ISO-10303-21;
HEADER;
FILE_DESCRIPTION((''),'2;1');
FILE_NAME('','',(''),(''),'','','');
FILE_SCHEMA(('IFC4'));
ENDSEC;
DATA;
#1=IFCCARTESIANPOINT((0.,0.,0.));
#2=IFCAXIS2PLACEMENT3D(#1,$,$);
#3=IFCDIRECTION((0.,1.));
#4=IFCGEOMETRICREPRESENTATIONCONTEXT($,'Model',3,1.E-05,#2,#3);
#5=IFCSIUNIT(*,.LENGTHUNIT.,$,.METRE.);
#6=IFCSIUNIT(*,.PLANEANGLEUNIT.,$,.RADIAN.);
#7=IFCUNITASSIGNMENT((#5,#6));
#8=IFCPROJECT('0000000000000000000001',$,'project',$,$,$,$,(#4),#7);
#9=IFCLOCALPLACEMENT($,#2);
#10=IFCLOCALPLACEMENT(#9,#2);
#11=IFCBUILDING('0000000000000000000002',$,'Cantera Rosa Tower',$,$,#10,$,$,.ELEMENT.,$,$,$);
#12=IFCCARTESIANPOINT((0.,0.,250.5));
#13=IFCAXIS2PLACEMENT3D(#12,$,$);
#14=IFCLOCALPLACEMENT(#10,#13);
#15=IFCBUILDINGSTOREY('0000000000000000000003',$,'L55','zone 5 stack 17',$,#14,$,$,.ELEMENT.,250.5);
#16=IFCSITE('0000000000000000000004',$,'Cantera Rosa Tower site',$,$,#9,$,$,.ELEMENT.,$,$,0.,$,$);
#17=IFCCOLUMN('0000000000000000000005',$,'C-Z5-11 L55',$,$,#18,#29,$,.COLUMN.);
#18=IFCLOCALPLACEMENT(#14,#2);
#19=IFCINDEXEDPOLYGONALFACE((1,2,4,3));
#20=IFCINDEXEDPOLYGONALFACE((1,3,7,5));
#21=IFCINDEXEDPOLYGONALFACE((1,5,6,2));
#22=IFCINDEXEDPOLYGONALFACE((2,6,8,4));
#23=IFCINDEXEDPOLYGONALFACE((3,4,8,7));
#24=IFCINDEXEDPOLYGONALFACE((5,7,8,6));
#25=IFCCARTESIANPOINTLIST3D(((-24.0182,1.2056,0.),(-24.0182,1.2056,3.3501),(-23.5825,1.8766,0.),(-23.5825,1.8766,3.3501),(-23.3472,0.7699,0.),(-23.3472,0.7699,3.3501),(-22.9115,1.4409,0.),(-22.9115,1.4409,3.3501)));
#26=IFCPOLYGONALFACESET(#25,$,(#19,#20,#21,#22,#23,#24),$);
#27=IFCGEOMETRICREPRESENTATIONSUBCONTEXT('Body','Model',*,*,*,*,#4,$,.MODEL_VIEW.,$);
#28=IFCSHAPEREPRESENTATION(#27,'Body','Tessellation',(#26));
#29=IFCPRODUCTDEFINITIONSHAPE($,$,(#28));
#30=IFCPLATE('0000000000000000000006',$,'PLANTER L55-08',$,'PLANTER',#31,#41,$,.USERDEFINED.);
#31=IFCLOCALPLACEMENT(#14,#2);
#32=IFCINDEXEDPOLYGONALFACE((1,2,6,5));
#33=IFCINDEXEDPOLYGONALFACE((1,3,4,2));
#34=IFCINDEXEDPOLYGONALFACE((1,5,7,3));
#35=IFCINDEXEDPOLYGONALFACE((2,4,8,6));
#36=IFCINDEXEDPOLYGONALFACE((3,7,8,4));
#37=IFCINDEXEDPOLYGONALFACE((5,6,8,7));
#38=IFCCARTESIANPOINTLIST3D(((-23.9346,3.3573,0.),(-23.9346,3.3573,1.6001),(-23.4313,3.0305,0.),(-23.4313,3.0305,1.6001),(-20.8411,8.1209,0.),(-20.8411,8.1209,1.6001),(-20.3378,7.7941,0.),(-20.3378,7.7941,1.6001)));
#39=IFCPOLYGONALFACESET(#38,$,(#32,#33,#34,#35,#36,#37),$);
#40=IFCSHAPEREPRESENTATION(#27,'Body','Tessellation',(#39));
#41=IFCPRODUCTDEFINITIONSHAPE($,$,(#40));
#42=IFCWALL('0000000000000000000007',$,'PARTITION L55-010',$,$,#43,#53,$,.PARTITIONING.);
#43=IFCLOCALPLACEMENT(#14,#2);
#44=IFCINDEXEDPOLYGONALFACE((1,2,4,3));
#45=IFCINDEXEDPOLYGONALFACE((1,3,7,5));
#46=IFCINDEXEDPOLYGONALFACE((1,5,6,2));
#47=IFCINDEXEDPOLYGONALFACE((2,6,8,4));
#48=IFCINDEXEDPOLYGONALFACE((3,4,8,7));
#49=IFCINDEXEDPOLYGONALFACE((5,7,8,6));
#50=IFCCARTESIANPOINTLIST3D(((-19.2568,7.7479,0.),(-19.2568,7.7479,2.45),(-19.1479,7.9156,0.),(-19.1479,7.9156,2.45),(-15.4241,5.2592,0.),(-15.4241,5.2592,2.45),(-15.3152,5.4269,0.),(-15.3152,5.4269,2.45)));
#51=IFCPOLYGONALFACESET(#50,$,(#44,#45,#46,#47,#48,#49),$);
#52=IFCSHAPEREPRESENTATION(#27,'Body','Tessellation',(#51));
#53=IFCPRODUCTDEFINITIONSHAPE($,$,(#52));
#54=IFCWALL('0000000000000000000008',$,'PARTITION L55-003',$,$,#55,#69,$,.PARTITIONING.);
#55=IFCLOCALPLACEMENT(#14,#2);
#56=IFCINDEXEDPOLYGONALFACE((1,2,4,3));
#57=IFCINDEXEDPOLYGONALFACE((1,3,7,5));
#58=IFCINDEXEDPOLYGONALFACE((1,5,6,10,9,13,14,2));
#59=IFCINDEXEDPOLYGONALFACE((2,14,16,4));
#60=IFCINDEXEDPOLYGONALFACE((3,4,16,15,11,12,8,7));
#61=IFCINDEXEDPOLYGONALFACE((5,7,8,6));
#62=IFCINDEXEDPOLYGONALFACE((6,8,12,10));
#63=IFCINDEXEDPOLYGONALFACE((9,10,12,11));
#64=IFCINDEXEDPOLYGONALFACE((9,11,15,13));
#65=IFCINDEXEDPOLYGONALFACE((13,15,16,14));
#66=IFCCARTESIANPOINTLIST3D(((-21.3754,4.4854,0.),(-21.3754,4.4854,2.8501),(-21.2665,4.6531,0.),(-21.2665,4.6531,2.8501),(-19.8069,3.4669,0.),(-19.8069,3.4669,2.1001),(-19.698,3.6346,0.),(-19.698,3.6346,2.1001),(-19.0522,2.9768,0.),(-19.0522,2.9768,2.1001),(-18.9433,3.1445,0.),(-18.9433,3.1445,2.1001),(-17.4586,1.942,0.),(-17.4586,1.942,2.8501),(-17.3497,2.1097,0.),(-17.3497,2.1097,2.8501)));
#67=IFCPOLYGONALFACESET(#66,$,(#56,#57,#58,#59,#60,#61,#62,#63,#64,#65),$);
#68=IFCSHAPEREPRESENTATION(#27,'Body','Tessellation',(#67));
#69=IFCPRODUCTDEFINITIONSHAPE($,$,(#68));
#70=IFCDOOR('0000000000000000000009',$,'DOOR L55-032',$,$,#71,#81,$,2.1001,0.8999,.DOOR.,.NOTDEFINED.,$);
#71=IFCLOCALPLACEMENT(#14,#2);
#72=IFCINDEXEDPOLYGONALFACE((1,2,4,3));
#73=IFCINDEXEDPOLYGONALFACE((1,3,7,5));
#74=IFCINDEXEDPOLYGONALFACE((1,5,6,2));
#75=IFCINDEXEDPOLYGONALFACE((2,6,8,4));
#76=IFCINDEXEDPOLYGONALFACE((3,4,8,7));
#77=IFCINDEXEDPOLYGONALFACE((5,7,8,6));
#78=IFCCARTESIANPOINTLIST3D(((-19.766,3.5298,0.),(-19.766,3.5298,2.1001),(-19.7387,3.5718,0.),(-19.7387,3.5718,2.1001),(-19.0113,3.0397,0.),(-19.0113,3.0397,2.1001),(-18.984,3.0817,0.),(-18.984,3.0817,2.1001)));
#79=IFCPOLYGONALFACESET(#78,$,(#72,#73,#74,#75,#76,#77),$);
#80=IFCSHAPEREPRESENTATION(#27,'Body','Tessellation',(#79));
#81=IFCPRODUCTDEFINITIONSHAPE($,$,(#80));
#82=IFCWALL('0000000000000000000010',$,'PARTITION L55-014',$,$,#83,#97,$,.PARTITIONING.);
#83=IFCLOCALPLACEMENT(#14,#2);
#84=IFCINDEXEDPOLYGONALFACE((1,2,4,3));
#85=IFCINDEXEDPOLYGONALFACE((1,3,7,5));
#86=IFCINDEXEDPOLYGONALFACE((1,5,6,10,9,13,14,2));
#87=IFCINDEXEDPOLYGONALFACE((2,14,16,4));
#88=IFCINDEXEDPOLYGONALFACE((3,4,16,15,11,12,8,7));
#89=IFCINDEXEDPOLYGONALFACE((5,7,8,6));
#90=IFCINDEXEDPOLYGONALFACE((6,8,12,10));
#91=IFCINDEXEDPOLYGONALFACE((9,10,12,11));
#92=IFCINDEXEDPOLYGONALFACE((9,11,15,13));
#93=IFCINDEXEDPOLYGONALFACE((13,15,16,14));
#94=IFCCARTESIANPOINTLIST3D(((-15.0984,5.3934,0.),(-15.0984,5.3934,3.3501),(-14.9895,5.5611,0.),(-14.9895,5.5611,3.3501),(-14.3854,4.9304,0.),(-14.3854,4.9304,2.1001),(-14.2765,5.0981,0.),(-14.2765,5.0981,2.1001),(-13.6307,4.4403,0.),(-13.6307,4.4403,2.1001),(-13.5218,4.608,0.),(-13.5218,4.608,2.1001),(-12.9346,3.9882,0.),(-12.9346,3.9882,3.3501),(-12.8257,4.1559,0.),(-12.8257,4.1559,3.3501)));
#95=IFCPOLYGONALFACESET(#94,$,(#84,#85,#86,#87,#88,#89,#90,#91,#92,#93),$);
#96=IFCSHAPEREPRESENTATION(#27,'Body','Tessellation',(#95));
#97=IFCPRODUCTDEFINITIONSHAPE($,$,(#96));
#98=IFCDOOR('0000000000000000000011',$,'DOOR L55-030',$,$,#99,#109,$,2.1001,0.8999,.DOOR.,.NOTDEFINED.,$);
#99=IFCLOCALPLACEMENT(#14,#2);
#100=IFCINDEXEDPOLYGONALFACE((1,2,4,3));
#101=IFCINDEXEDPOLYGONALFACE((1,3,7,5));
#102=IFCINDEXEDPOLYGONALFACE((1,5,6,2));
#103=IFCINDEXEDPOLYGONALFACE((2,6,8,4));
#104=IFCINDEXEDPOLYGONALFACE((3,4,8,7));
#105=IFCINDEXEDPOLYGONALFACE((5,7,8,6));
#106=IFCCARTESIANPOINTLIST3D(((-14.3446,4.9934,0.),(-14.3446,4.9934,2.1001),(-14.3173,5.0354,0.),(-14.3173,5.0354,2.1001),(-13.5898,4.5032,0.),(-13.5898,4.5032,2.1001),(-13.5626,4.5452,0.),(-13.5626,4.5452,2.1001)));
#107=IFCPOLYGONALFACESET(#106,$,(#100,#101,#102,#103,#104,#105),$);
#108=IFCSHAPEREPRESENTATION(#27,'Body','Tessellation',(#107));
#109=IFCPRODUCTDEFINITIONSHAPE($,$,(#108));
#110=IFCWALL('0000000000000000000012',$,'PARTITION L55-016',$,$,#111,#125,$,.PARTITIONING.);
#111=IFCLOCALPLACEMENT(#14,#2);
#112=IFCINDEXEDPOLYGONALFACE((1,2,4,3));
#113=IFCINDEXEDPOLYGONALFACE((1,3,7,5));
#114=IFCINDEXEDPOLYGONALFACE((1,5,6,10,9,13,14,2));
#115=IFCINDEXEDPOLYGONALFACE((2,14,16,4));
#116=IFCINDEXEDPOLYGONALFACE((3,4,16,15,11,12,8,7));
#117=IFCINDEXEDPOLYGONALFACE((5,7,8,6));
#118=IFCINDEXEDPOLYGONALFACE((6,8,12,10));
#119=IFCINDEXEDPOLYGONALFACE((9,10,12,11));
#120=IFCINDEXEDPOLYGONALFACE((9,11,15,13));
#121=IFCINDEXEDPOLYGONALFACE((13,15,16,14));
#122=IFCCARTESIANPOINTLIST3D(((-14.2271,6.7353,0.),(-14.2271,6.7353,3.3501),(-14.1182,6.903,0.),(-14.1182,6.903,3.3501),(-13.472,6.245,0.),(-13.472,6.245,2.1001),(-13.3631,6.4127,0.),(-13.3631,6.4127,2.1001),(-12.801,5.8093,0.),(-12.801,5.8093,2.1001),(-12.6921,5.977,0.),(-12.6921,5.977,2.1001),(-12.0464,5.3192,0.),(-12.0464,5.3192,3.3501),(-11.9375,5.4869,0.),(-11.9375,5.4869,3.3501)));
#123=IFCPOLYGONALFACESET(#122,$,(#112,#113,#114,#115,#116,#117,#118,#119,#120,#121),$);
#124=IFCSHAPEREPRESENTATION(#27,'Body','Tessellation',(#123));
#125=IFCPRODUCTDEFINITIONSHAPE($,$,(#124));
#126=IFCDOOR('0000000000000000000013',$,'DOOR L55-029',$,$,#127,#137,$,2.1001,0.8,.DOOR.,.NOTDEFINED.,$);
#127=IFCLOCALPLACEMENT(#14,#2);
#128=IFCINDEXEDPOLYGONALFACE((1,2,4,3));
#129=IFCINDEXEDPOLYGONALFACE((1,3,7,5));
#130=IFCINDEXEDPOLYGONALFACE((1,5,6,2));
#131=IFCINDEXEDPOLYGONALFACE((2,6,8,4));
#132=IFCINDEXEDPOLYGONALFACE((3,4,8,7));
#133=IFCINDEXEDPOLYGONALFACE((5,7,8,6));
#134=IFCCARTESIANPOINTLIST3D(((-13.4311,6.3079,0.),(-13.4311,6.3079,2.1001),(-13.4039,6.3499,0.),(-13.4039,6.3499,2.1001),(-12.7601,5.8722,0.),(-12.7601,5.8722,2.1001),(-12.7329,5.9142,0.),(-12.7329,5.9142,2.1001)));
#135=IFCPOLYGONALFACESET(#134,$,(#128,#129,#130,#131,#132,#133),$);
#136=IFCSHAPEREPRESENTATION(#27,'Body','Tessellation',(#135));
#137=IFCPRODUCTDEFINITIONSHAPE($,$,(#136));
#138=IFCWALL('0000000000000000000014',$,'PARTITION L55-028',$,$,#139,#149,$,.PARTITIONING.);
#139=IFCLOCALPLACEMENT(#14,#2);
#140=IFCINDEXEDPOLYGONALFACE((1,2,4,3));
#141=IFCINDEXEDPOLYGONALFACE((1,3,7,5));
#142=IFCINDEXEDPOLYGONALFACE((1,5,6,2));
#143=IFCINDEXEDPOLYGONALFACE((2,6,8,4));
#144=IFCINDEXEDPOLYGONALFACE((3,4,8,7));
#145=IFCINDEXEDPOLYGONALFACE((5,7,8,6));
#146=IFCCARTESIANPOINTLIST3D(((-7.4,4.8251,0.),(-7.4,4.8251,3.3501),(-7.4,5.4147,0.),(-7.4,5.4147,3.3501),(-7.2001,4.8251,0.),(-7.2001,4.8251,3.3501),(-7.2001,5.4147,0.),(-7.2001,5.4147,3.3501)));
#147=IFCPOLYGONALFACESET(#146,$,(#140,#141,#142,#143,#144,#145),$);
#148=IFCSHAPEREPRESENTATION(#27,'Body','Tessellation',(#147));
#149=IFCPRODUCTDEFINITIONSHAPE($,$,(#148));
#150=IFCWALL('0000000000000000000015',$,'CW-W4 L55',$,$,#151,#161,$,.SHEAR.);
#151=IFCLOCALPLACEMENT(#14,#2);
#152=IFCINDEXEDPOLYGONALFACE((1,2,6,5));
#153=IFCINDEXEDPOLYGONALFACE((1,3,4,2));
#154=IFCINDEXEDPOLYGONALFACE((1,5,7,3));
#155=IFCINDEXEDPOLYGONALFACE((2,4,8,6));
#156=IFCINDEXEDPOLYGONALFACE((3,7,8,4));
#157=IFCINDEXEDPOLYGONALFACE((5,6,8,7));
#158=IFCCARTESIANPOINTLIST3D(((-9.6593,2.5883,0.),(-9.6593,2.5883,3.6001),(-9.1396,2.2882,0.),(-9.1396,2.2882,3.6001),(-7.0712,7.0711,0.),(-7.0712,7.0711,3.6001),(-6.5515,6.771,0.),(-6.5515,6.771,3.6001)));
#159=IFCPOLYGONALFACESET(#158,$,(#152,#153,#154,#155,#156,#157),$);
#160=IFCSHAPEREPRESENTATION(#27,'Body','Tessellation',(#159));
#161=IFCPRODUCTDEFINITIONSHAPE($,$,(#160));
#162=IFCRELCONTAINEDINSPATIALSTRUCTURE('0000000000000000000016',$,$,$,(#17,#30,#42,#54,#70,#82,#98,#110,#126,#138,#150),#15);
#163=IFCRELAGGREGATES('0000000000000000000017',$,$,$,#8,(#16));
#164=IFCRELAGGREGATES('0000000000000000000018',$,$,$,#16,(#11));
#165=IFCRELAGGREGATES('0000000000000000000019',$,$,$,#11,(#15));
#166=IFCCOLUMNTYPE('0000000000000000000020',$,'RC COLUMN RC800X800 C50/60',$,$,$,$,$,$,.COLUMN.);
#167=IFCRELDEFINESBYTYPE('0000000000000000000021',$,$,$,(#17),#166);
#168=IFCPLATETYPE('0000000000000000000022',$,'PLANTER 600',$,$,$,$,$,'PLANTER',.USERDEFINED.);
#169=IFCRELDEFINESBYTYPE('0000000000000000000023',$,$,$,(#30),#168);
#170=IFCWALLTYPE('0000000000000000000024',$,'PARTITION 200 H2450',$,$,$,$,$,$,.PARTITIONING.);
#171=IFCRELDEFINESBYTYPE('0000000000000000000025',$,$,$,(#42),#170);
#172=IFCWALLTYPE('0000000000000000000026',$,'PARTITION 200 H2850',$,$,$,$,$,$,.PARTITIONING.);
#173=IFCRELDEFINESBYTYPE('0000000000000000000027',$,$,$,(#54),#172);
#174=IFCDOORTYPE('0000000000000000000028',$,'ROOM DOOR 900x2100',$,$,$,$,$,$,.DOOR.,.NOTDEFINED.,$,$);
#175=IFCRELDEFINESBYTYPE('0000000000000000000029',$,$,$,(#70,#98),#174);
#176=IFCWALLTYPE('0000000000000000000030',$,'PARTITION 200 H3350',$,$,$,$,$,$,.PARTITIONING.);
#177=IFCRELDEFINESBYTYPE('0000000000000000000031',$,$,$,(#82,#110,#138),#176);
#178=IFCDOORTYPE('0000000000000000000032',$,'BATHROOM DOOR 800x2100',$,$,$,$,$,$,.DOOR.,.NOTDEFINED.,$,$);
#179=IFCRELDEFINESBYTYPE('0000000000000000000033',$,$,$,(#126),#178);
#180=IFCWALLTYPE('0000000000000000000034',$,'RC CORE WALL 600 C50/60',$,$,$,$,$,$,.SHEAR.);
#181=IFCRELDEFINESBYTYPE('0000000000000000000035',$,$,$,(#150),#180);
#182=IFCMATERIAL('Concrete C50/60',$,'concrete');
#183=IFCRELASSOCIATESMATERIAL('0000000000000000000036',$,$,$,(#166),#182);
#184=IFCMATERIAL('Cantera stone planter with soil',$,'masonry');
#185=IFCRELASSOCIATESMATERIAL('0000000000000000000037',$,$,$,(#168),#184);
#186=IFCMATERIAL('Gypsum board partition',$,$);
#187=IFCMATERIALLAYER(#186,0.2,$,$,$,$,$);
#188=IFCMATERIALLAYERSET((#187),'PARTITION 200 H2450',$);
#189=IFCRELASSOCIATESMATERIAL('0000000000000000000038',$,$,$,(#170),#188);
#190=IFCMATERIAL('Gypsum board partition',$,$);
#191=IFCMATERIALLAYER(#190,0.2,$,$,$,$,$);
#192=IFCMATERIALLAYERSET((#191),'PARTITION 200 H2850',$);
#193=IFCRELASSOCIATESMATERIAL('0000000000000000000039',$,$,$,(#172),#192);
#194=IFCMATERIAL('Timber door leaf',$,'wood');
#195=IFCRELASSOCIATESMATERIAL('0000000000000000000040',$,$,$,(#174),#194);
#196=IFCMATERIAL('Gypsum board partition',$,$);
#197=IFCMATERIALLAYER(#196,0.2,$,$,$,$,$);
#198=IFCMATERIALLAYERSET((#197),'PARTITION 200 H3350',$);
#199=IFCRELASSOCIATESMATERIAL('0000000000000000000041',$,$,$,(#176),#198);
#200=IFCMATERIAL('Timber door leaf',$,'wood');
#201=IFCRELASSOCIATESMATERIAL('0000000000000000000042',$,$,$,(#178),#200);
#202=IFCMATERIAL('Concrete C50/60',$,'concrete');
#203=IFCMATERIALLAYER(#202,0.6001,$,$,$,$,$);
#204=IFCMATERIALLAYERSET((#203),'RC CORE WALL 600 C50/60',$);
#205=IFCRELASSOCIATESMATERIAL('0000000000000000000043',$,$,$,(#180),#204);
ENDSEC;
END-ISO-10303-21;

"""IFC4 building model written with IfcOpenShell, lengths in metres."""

from ifc_helpers import new_model, si_unit, direction, frame, frame_2d, origin, origin_2d, place, context, subcontext, project, spatial, rectangle, extrude, material, layer, layer_set, material_profile, profile_set, type_object, element, fill, save


model = new_model("IFC4")

# Units and contexts
model_context = context("Model", 3, precision=1e-05, world=origin(), true_north=direction((0.0, 1.0)))
body_context = subcontext(model_context, "Body", "Model", "MODEL_VIEW")
ifc_project = project(units=[si_unit("LENGTHUNIT", "METRE"), si_unit("PLANEANGLEUNIT", "RADIAN")], contexts=[model_context])

# Site, building, storey
site_placement = place(None, origin())
site = spatial("IfcSite", under=ifc_project, at=site_placement, Name="Cantera Rosa Tower site", CompositionType="ELEMENT", RefElevation=0.0)
building_placement = place(site_placement, origin())
building = spatial("IfcBuilding", under=site, at=building_placement, Name="Cantera Rosa Tower", CompositionType="ELEMENT")
storey_placement = place(building_placement, frame((0.0, 0.0, 250.5)))
storey = spatial("IfcBuildingStorey", under=building, at=storey_placement, Name="L55", Description="zone 5 stack 17", CompositionType="ELEMENT", Elevation=250.5)

# Column
ifc_material_1 = material(Name="Concrete C50/60", Category="concrete")
ifc_material_profile = material_profile(ifc_material_1, rectangle(XDim=0.8, YDim=0.8, at=origin_2d()), Name="RC COLUMN RC800X800 C50/60")
ifc_profile_set = profile_set([ifc_material_profile], Name="Concrete C50/60")
column_type = type_object("IfcColumnType", Name="RC COLUMN RC800X800 C50/60", PredefinedType="COLUMN", material=ifc_profile_set)
column_placement = place(storey_placement, frame((-23.4648, 1.3232, 0.0), z_axis=(0.0, 0.0, 1.0), x_axis=(0.544639, 0.838671, 0.0)))
element("IfcColumn", 1, at=column_placement, inside=storey, type_object=column_type, Name="C-Z5-11 L55", PredefinedType="COLUMN", context=body_context, shape_type="SweptSolid", body=[
    extrude(rectangle(XDim=0.8, YDim=0.8, at=origin_2d()), origin(), (0.0, 0.0, 1.0), 3.3501),
])

# Plate
ifc_material_2 = material(Name="Cantera stone planter with soil", Category="masonry")
plate_type = type_object("IfcPlateType", Name="PLANTER 600", ElementType="PLANTER", PredefinedType="USERDEFINED", material=ifc_material_2)
plate_placement = place(storey_placement, frame((-22.1362, 5.5757, 0.0), z_axis=(0.0, 0.0, 1.0), x_axis=(-0.544639, -0.838671, 0.0)))
element("IfcPlate", 2, at=plate_placement, inside=storey, type_object=plate_type, Name="PLANTER L55-08", ObjectType="PLANTER", PredefinedType="USERDEFINED", context=body_context, shape_type="SweptSolid", body=[
    extrude(rectangle(XDim=5.6799, YDim=0.6001, at=origin_2d()), origin(), (0.0, 0.0, 1.0), 1.6001),
])

# Wall
ifc_material_3 = material(Name="Gypsum board partition")
ifc_layer_1 = layer(ifc_material_3, 0.2)
ifc_layer_set_1 = layer_set([ifc_layer_1], Name="PARTITION 200 H2450")
wall_type_1 = type_object("IfcWallType", Name="PARTITION 200 H2450", PredefinedType="PARTITIONING", material=ifc_layer_set_1)
wall_1_placement = place(storey_placement, frame((-15.3696, 5.343, 0.0), z_axis=(0.0, 0.0, 1.0), x_axis=(-0.838696, 0.5446, 0.0)))
element("IfcWall", 3, at=wall_1_placement, inside=storey, type_object=wall_type_1, Name="PARTITION L55-010", PredefinedType="PARTITIONING", context=body_context, shape_type="SweptSolid", body=[
    extrude(rectangle(XDim=4.5698, YDim=0.2, at=frame_2d((2.2849, 0.0))), origin(), (0.0, 0.0, 1.0), 2.45),
])

# Walls, openings, doors
ifc_material_4 = material(Name="Gypsum board partition")
ifc_layer_2 = layer(ifc_material_4, 0.2)
ifc_layer_set_2 = layer_set([ifc_layer_2], Name="PARTITION 200 H2850")
wall_type_2 = type_object("IfcWallType", Name="PARTITION 200 H2850", PredefinedType="PARTITIONING", material=ifc_layer_set_2)
wall_2_placement = place(storey_placement, frame((-17.4043, 2.0259, 0.0), z_axis=(0.0, 0.0, 1.0), x_axis=(-0.838681, 0.544623, 0.0)))
wall_2 = element("IfcWall", 4, at=wall_2_placement, inside=storey, type_object=wall_type_2, Name="PARTITION L55-003", PredefinedType="PARTITIONING", context=body_context, shape_type="SweptSolid", body=[
    extrude(rectangle(XDim=4.6702, YDim=0.2, at=frame_2d((2.335, 0.0))), origin(), (0.0, 0.0, 1.0), 2.8501),
])
opening_1_placement = place(wall_2_placement, frame((1.8999, 0.0, 0.0)))
opening_1 = element("IfcOpeningElement", 5, at=opening_1_placement, cuts=wall_2, PredefinedType="OPENING", context=body_context, shape_type="SweptSolid", body=[
    extrude(rectangle(XDim=0.8999, YDim=2.1001, at=frame_2d((0.45, 1.05))), frame((0.0, 0.1099, 0.0), z_axis=(0.0, -1.0, 0.0), x_axis=(1.0, 0.0, 0.0)), (0.0, 0.0, 1.0), 0.22),
])
ifc_material_5 = material(Name="Timber door leaf", Category="wood")
door_type_1 = type_object("IfcDoorType", Name="ROOM DOOR 900x2100", OperationType="NOTDEFINED", PredefinedType="DOOR", material=ifc_material_5)
door_1_placement = place(opening_1_placement, origin())
door_1 = element("IfcDoor", 6, at=door_1_placement, inside=storey, type_object=door_type_1, Name="DOOR L55-032", OperationType="NOTDEFINED", OverallHeight=2.1001, OverallWidth=0.8999, PredefinedType="DOOR", context=body_context, shape_type="SweptSolid", body=[
    extrude(rectangle(XDim=0.8999, YDim=2.1001, at=frame_2d((0.45, 1.05))), frame((0.0, 0.0249, 0.0), z_axis=(0.0, -1.0, 0.0), x_axis=(1.0, 0.0, 0.0)), (0.0, 0.0, 1.0), 0.05),
])
fill(opening_1, door_1)
ifc_material_6 = material(Name="Gypsum board partition")
ifc_layer_3 = layer(ifc_material_6, 0.2)
ifc_layer_set_3 = layer_set([ifc_layer_3], Name="PARTITION 200 H3350")
wall_type_3 = type_object("IfcWallType", Name="PARTITION 200 H3350", PredefinedType="PARTITIONING", material=ifc_layer_set_3)
wall_3_placement = place(storey_placement, frame((-12.8801, 4.072, 0.0), z_axis=(0.0, 0.0, 1.0), x_axis=(-0.838658, 0.544659, 0.0)))
wall_3 = element("IfcWall", 7, at=wall_3_placement, inside=storey, type_object=wall_type_3, Name="PARTITION L55-014", PredefinedType="PARTITIONING", context=body_context, shape_type="SweptSolid", body=[
    extrude(rectangle(XDim=2.5801, YDim=0.2, at=frame_2d((1.29, 0.0))), origin(), (0.0, 0.0, 1.0), 3.3501),
])
opening_2_placement = place(wall_3_placement, frame((0.8301, 0.0, 0.0)))
opening_2 = element("IfcOpeningElement", 8, at=opening_2_placement, cuts=wall_3, PredefinedType="OPENING", context=body_context, shape_type="SweptSolid", body=[
    extrude(rectangle(XDim=0.8999, YDim=2.1001, at=frame_2d((0.45, 1.05))), frame((0.0, 0.1099, 0.0), z_axis=(0.0, -1.0, 0.0), x_axis=(1.0, 0.0, 0.0)), (0.0, 0.0, 1.0), 0.22),
])
door_2_placement = place(opening_2_placement, origin())
door_2 = element("IfcDoor", 9, at=door_2_placement, inside=storey, type_object=door_type_1, Name="DOOR L55-030", OperationType="NOTDEFINED", OverallHeight=2.1001, OverallWidth=0.8999, PredefinedType="DOOR", context=body_context, shape_type="SweptSolid", body=[
    extrude(rectangle(XDim=0.8999, YDim=2.1001, at=frame_2d((0.45, 1.05))), frame((0.0, 0.0249, 0.0), z_axis=(0.0, -1.0, 0.0), x_axis=(1.0, 0.0, 0.0)), (0.0, 0.0, 1.0), 0.05),
])
fill(opening_2, door_2)
wall_4_placement = place(storey_placement, frame((-11.9919, 5.4031, 0.0), z_axis=(0.0, 0.0, 1.0), x_axis=(-0.838692, 0.544605, 0.0)))
wall_4 = element("IfcWall", 10, at=wall_4_placement, inside=storey, type_object=wall_type_3, Name="PARTITION L55-016", PredefinedType="PARTITIONING", context=body_context, shape_type="SweptSolid", body=[
    extrude(rectangle(XDim=2.6001, YDim=0.2, at=frame_2d((1.3, 0.0))), origin(), (0.0, 0.0, 1.0), 3.3501),
])
opening_3_placement = place(wall_4_placement, frame((0.8999, 0.0, 0.0)))
opening_3 = element("IfcOpeningElement", 11, at=opening_3_placement, cuts=wall_4, PredefinedType="OPENING", context=body_context, shape_type="SweptSolid", body=[
    extrude(rectangle(XDim=0.8, YDim=2.1001, at=frame_2d((0.3999, 1.05))), frame((0.0, 0.1099, 0.0), z_axis=(0.0, -1.0, 0.0), x_axis=(1.0, 0.0, 0.0)), (0.0, 0.0, 1.0), 0.22),
])
ifc_material_7 = material(Name="Timber door leaf", Category="wood")
door_type_2 = type_object("IfcDoorType", Name="BATHROOM DOOR 800x2100", OperationType="NOTDEFINED", PredefinedType="DOOR", material=ifc_material_7)
door_3_placement = place(opening_3_placement, origin())
door_3 = element("IfcDoor", 12, at=door_3_placement, inside=storey, type_object=door_type_2, Name="DOOR L55-029", OperationType="NOTDEFINED", OverallHeight=2.1001, OverallWidth=0.8, PredefinedType="DOOR", context=body_context, shape_type="SweptSolid", body=[
    extrude(rectangle(XDim=0.8, YDim=2.1001, at=frame_2d((0.3999, 1.05))), frame((0.0, 0.0249, 0.0), z_axis=(0.0, -1.0, 0.0), x_axis=(1.0, 0.0, 0.0)), (0.0, 0.0, 1.0), 0.05),
])
fill(opening_3, door_3)

# Walls
wall_5_placement = place(storey_placement, frame((-7.3, 4.825, 0.0), z_axis=(0.0, 0.0, 1.0), x_axis=(0.0, 1.0, 0.0)))
element("IfcWall", 13, at=wall_5_placement, inside=storey, type_object=wall_type_3, Name="PARTITION L55-028", PredefinedType="PARTITIONING", context=body_context, shape_type="SweptSolid", body=[
    extrude(rectangle(XDim=0.5896, YDim=0.2, at=frame_2d((0.2949, 0.0))), origin(), (0.0, 0.0, 1.0), 3.3501),
])
ifc_material_8 = material(Name="Concrete C50/60", Category="concrete")
ifc_layer_4 = layer(ifc_material_8, 0.6001)
ifc_layer_set_4 = layer_set([ifc_layer_4], Name="RC CORE WALL 600 C50/60")
wall_type_4 = type_object("IfcWallType", Name="RC CORE WALL 600 C50/60", PredefinedType="SHEAR", material=ifc_layer_set_4)
wall_6_placement = place(storey_placement, frame((-9.3994, 2.4382, 0.0), z_axis=(0.0, 0.0, 1.0), x_axis=(0.499989, 0.866032, 0.0)))
element("IfcWall", 14, at=wall_6_placement, inside=storey, type_object=wall_type_4, Name="CW-W4 L55", PredefinedType="SHEAR", context=body_context, shape_type="SweptSolid", body=[
    extrude(rectangle(XDim=5.1763, YDim=0.6001, at=frame_2d((2.5881, 0.0))), origin(), (0.0, 0.0, 1.0), 3.6001),
])

save(model, "model.ifc")
